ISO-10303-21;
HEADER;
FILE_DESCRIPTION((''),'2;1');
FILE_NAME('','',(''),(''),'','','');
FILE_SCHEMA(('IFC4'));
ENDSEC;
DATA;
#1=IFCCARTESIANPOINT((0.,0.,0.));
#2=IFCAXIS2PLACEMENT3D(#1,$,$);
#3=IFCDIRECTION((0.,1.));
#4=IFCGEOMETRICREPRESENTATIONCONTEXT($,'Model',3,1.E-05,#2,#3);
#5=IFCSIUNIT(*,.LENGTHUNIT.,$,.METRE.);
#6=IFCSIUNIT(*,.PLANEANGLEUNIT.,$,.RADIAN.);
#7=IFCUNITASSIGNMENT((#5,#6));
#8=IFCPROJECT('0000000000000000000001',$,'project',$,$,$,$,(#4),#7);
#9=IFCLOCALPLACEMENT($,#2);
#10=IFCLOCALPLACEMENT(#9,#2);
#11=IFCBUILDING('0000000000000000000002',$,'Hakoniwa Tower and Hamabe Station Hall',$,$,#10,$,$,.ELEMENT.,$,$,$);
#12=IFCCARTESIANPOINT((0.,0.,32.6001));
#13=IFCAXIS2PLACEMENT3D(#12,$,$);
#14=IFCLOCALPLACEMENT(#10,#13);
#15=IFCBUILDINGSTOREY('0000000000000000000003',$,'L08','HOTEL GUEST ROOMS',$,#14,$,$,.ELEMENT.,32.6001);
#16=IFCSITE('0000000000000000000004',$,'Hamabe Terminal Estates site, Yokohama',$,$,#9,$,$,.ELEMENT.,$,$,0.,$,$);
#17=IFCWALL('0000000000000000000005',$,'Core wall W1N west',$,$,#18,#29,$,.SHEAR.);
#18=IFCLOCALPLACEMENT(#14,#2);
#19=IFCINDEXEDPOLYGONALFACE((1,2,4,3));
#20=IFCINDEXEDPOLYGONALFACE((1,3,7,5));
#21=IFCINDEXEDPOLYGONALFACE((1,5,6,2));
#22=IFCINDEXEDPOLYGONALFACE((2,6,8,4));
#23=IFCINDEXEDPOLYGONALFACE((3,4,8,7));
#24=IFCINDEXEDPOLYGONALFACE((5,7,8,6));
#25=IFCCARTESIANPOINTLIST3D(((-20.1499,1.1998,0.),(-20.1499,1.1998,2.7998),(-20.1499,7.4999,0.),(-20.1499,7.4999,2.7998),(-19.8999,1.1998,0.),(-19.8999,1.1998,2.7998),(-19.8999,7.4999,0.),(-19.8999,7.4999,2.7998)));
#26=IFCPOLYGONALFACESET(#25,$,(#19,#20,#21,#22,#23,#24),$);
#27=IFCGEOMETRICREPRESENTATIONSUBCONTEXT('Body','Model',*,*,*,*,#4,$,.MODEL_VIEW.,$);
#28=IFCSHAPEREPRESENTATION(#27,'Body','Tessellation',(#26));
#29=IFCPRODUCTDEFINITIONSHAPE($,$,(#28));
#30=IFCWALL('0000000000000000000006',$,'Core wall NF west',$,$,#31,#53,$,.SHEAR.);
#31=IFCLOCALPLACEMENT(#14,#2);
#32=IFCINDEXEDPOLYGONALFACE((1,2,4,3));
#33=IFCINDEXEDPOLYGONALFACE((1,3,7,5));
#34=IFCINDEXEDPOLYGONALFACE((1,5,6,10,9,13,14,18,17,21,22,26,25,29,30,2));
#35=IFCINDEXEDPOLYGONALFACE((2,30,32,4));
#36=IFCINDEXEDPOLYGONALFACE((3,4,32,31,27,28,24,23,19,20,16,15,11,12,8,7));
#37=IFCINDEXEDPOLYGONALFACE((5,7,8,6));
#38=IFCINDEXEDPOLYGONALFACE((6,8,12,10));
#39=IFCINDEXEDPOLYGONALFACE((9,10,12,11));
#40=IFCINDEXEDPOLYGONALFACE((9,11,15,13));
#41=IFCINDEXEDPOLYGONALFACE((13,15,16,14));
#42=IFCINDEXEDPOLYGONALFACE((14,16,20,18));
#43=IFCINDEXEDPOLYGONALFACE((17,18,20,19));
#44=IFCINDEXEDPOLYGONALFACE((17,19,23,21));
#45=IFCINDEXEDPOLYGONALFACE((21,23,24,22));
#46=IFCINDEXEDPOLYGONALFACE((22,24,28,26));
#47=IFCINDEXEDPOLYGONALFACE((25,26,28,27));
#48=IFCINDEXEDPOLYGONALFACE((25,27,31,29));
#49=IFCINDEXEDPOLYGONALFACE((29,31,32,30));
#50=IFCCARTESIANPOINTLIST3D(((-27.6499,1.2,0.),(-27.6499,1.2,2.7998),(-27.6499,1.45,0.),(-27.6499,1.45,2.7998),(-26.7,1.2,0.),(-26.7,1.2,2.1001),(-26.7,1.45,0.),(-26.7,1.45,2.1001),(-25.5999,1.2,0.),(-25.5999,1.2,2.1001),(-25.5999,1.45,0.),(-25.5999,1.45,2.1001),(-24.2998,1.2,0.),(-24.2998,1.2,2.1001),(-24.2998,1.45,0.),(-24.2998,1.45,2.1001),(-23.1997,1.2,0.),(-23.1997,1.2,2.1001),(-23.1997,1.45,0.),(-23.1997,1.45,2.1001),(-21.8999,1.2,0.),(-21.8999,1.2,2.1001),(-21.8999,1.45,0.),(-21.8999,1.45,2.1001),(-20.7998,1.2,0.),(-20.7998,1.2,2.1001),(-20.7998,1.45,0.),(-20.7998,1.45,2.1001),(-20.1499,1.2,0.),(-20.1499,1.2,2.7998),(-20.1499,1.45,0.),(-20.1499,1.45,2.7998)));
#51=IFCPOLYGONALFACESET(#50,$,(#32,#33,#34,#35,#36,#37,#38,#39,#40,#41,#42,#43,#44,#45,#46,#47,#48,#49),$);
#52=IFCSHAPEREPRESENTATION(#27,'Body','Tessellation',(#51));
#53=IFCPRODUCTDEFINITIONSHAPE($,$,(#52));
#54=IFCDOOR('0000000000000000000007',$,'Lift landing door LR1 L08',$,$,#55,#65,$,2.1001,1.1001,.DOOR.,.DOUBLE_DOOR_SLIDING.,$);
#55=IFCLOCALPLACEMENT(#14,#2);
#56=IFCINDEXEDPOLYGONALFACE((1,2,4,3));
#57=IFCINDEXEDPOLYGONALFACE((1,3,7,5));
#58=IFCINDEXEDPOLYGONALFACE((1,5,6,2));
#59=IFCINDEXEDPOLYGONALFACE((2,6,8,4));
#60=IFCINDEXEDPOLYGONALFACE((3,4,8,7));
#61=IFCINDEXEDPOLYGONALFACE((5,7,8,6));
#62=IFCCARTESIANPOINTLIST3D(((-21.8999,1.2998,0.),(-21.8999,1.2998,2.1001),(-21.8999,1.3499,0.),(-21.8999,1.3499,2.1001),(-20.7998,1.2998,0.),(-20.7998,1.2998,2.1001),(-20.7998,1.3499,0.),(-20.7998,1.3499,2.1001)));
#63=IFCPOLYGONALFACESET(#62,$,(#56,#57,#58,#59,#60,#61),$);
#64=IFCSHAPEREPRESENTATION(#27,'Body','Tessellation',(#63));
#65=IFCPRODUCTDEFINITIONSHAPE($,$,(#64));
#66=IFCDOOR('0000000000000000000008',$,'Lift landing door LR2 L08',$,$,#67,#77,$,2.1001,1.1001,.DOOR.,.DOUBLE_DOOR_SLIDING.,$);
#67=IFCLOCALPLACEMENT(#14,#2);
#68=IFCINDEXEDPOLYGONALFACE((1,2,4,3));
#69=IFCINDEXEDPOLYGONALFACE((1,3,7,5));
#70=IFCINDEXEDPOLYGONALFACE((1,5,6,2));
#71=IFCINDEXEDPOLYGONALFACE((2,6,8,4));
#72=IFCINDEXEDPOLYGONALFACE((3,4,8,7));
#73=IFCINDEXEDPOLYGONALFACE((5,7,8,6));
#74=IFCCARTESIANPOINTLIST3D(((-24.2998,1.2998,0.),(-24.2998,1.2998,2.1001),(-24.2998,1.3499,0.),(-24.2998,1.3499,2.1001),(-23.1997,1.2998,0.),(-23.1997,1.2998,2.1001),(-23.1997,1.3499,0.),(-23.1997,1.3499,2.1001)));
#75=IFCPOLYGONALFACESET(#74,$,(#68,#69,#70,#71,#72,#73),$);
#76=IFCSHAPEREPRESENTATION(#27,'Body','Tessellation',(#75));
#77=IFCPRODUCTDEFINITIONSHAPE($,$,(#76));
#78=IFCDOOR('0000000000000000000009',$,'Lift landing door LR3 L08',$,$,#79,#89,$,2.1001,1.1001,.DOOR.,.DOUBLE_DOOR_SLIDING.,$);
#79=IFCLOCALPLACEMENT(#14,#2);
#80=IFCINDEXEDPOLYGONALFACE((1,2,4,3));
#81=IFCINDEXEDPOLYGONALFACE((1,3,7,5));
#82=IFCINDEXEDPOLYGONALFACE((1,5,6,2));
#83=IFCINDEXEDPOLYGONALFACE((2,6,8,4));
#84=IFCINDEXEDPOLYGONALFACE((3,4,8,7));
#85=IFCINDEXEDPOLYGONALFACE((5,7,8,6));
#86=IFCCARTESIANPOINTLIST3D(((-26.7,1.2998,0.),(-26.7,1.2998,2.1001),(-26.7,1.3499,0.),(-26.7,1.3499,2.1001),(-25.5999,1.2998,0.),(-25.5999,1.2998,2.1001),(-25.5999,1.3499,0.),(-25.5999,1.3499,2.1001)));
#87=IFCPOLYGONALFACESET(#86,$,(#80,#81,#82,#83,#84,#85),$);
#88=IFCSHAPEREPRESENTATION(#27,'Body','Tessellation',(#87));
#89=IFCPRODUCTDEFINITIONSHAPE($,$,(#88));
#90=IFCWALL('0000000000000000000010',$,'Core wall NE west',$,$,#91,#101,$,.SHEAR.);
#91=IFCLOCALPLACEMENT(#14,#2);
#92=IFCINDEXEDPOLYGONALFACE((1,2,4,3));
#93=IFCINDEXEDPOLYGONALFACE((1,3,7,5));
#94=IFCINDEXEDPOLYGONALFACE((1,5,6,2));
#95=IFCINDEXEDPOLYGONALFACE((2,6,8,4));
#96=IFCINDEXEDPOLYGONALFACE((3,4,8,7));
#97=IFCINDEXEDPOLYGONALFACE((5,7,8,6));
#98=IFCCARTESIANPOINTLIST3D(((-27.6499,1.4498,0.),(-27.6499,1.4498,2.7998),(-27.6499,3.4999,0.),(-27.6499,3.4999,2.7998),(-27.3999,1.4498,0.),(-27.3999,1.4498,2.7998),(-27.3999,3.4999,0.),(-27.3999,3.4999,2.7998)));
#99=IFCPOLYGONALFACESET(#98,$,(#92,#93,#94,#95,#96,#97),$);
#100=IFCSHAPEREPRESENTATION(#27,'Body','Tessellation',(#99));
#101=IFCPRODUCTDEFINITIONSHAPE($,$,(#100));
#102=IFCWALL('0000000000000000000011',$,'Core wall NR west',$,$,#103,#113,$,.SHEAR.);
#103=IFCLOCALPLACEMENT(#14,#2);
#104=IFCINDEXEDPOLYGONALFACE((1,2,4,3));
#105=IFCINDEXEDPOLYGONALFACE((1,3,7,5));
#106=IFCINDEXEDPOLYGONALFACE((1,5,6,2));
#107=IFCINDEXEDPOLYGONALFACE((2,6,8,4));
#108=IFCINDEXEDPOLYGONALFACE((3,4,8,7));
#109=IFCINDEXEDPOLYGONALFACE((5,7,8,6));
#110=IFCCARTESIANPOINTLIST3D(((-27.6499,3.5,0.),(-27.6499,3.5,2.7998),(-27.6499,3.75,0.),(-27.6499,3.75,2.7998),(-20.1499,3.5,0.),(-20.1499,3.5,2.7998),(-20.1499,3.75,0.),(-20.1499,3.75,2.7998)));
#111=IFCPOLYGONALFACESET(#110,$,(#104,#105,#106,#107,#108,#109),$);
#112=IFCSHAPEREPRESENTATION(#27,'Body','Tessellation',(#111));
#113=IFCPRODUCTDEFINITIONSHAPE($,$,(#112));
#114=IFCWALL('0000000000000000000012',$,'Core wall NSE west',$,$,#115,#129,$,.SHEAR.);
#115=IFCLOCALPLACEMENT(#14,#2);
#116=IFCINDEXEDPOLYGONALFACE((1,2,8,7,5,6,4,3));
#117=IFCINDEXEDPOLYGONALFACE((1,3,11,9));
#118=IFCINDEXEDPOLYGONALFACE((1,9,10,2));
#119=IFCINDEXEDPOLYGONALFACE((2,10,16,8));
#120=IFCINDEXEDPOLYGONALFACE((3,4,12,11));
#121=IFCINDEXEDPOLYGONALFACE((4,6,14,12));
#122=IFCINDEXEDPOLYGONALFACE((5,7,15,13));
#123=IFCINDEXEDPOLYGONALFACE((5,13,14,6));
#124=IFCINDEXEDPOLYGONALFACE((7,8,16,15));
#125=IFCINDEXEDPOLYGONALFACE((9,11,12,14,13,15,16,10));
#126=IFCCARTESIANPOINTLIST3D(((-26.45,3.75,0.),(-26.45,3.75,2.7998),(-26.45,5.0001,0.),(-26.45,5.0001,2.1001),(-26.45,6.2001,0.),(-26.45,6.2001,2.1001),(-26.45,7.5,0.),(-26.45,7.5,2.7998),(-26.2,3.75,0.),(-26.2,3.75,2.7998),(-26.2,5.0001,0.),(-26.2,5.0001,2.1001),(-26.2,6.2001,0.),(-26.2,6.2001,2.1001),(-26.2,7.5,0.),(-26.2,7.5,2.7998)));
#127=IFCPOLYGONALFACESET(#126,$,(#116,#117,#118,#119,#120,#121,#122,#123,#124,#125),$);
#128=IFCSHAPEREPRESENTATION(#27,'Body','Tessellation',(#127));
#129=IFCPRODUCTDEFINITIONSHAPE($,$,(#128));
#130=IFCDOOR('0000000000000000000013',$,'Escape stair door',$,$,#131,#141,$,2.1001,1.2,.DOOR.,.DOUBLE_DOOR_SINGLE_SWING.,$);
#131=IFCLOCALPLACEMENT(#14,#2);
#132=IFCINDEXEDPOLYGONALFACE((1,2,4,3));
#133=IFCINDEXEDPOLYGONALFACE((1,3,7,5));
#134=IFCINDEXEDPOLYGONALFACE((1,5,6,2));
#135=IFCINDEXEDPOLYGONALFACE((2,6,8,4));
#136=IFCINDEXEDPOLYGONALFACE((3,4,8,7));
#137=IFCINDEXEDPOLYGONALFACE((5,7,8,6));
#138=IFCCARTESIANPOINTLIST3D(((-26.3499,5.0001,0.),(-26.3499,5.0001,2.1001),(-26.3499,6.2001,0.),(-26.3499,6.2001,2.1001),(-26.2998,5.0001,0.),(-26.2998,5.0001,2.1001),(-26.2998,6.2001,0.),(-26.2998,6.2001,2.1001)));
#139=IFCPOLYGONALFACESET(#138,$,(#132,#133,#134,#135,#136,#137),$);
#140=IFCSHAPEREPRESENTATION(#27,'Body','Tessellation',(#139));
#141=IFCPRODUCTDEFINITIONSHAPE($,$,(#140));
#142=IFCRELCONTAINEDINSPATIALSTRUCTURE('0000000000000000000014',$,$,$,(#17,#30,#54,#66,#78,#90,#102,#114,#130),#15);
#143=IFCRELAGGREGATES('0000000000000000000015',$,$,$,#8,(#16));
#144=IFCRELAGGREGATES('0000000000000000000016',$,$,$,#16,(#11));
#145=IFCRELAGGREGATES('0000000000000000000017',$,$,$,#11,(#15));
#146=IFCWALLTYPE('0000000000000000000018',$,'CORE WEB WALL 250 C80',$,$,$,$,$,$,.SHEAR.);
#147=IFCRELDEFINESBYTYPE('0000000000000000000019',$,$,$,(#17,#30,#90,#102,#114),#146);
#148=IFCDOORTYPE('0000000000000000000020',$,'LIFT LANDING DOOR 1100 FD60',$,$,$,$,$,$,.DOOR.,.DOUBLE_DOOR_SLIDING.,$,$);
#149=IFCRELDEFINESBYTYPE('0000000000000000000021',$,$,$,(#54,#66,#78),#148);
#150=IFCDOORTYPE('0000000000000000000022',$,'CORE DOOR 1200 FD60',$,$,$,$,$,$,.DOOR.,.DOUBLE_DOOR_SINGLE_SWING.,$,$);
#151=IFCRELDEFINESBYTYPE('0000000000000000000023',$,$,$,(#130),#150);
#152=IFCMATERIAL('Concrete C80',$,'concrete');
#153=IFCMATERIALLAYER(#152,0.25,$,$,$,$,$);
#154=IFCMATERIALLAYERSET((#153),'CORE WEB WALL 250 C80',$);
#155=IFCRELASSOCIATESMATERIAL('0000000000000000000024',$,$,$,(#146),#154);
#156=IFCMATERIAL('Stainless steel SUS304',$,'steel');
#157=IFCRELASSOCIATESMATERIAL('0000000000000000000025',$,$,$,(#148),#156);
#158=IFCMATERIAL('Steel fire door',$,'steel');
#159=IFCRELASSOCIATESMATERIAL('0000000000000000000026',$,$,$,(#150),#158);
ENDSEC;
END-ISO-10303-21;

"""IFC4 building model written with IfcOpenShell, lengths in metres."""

from ifc_helpers import new_model, si_unit, direction, frame, frame_2d, origin, place, context, subcontext, project, spatial, rectangle, extrude, material, layer, layer_set, type_object, element, fill, save


model = new_model("IFC4")

# Units and contexts
model_context = context("Model", 3, precision=1e-05, world=origin(), true_north=direction((0.0, 1.0)))
body_context = subcontext(model_context, "Body", "Model", "MODEL_VIEW")
ifc_project = project(units=[si_unit("LENGTHUNIT", "METRE"), si_unit("PLANEANGLEUNIT", "RADIAN")], contexts=[model_context])

# Site, building, storey
site_placement = place(None, origin())
site = spatial("IfcSite", under=ifc_project, at=site_placement, Name="Hamabe Terminal Estates site, Yokohama", CompositionType="ELEMENT", RefElevation=0.0)
building_placement = place(site_placement, origin())
building = spatial("IfcBuilding", under=site, at=building_placement, Name="Hakoniwa Tower and Hamabe Station Hall", CompositionType="ELEMENT")
storey_placement = place(building_placement, frame((0.0, 0.0, 32.6001)))
storey = spatial("IfcBuildingStorey", under=building, at=storey_placement, Name="L08", Description="HOTEL GUEST ROOMS", CompositionType="ELEMENT", Elevation=32.6001)

# Wall
ifc_material_1 = material(Name="Concrete C80", Category="concrete")
ifc_layer_1 = layer(ifc_material_1, 0.25)
ifc_layer_set_1 = layer_set([ifc_layer_1], Name="CORE WEB WALL 250 C80")
wall_type_1 = type_object("IfcWallType", Name="CORE WEB WALL 250 C80", PredefinedType="SHEAR", material=ifc_layer_set_1)
wall_1_placement = place(storey_placement, frame((-20.0249, 1.2, 0.0), z_axis=(0.0, 0.0, 1.0), x_axis=(0.0, 1.0, 0.0)))
element("IfcWall", 1, at=wall_1_placement, inside=storey, type_object=wall_type_1, Name="Core wall W1N west", PredefinedType="SHEAR", context=body_context, shape_type="SweptSolid", body=[
    extrude(rectangle(XDim=6.3, YDim=0.25, at=frame_2d((3.1499, 0.0))), origin(), (0.0, 0.0, 1.0), 2.7998),
])

# Wall, openings, doors
wall_2_placement = place(storey_placement, frame((-27.6499, 1.325, 0.0), z_axis=(0.0, 0.0, 1.0), x_axis=(1.0, 0.0, 0.0)))
wall_2 = element("IfcWall", 2, at=wall_2_placement, inside=storey, type_object=wall_type_1, Name="Core wall NF west", PredefinedType="SHEAR", context=body_context, shape_type="SweptSolid", body=[
    extrude(rectangle(XDim=7.5, YDim=0.25, at=frame_2d((3.75, 0.0))), origin(), (0.0, 0.0, 1.0), 2.7998),
])
opening_1_placement = place(wall_2_placement, frame((5.75, 0.0, 0.0)))
opening_1 = element("IfcOpeningElement", 3, at=opening_1_placement, cuts=wall_2, PredefinedType="OPENING", context=body_context, shape_type="SweptSolid", body=[
    extrude(rectangle(XDim=1.1001, YDim=2.1001, at=frame_2d((0.55, 1.05))), frame((0.0, 0.135, 0.0), z_axis=(0.0, -1.0, 0.0), x_axis=(1.0, 0.0, 0.0)), (0.0, 0.0, 1.0), 0.27),
])
opening_2_placement = place(wall_2_placement, frame((3.3501, 0.0, 0.0)))
opening_2 = element("IfcOpeningElement", 4, at=opening_2_placement, cuts=wall_2, PredefinedType="OPENING", context=body_context, shape_type="SweptSolid", body=[
    extrude(rectangle(XDim=1.1001, YDim=2.1001, at=frame_2d((0.55, 1.05))), frame((0.0, 0.135, 0.0), z_axis=(0.0, -1.0, 0.0), x_axis=(1.0, 0.0, 0.0)), (0.0, 0.0, 1.0), 0.27),
])
opening_3_placement = place(wall_2_placement, frame((0.95, 0.0, 0.0)))
opening_3 = element("IfcOpeningElement", 5, at=opening_3_placement, cuts=wall_2, PredefinedType="OPENING", context=body_context, shape_type="SweptSolid", body=[
    extrude(rectangle(XDim=1.1001, YDim=2.1001, at=frame_2d((0.55, 1.05))), frame((0.0, 0.135, 0.0), z_axis=(0.0, -1.0, 0.0), x_axis=(1.0, 0.0, 0.0)), (0.0, 0.0, 1.0), 0.27),
])
ifc_material_2 = material(Name="Stainless steel SUS304", Category="steel")
door_type_1 = type_object("IfcDoorType", Name="LIFT LANDING DOOR 1100 FD60", OperationType="DOUBLE_DOOR_SLIDING", PredefinedType="DOOR", material=ifc_material_2)
door_1_placement = place(opening_1_placement, origin())
door_1 = element("IfcDoor", 6, at=door_1_placement, inside=storey, type_object=door_type_1, Name="Lift landing door LR1 L08", OperationType="DOUBLE_DOOR_SLIDING", OverallHeight=2.1001, OverallWidth=1.1001, PredefinedType="DOOR", context=body_context, shape_type="SweptSolid", body=[
    extrude(rectangle(XDim=1.1001, YDim=2.1001, at=frame_2d((0.55, 1.05))), frame((0.0, 0.0249, 0.0), z_axis=(0.0, -1.0, 0.0), x_axis=(1.0, 0.0, 0.0)), (0.0, 0.0, 1.0), 0.05),
])
fill(opening_1, door_1)
door_2_placement = place(opening_2_placement, origin())
door_2 = element("IfcDoor", 7, at=door_2_placement, inside=storey, type_object=door_type_1, Name="Lift landing door LR2 L08", OperationType="DOUBLE_DOOR_SLIDING", OverallHeight=2.1001, OverallWidth=1.1001, PredefinedType="DOOR", context=body_context, shape_type="SweptSolid", body=[
    extrude(rectangle(XDim=1.1001, YDim=2.1001, at=frame_2d((0.55, 1.05))), frame((0.0, 0.0249, 0.0), z_axis=(0.0, -1.0, 0.0), x_axis=(1.0, 0.0, 0.0)), (0.0, 0.0, 1.0), 0.05),
])
fill(opening_2, door_2)
door_3_placement = place(opening_3_placement, origin())
door_3 = element("IfcDoor", 8, at=door_3_placement, inside=storey, type_object=door_type_1, Name="Lift landing door LR3 L08", OperationType="DOUBLE_DOOR_SLIDING", OverallHeight=2.1001, OverallWidth=1.1001, PredefinedType="DOOR", context=body_context, shape_type="SweptSolid", body=[
    extrude(rectangle(XDim=1.1001, YDim=2.1001, at=frame_2d((0.55, 1.05))), frame((0.0, 0.0249, 0.0), z_axis=(0.0, -1.0, 0.0), x_axis=(1.0, 0.0, 0.0)), (0.0, 0.0, 1.0), 0.05),
])
fill(opening_3, door_3)

# Walls
wall_3_placement = place(storey_placement, frame((-27.5249, 1.45, 0.0), z_axis=(0.0, 0.0, 1.0), x_axis=(0.0, 1.0, 0.0)))
element("IfcWall", 9, at=wall_3_placement, inside=storey, type_object=wall_type_1, Name="Core wall NE west", PredefinedType="SHEAR", context=body_context, shape_type="SweptSolid", body=[
    extrude(rectangle(XDim=2.05, YDim=0.25, at=frame_2d((1.0249, 0.0))), origin(), (0.0, 0.0, 1.0), 2.7998),
])
wall_4_placement = place(storey_placement, frame((-27.6499, 3.625, 0.0), z_axis=(0.0, 0.0, 1.0), x_axis=(1.0, 0.0, 0.0)))
element("IfcWall", 10, at=wall_4_placement, inside=storey, type_object=wall_type_1, Name="Core wall NR west", PredefinedType="SHEAR", context=body_context, shape_type="SweptSolid", body=[
    extrude(rectangle(XDim=7.5, YDim=0.25, at=frame_2d((3.75, 0.0))), origin(), (0.0, 0.0, 1.0), 2.7998),
])

# Wall, opening, door
wall_5_placement = place(storey_placement, frame((-26.325, 3.75, 0.0), z_axis=(0.0, 0.0, 1.0), x_axis=(0.0, 1.0, 0.0)))
wall_5 = element("IfcWall", 11, at=wall_5_placement, inside=storey, type_object=wall_type_1, Name="Core wall NSE west", PredefinedType="SHEAR", context=body_context, shape_type="SweptSolid", body=[
    extrude(rectangle(XDim=3.75, YDim=0.25, at=frame_2d((1.875, 0.0))), origin(), (0.0, 0.0, 1.0), 2.7998),
])
opening_4_placement = place(wall_5_placement, frame((1.25, 0.0, 0.0)))
opening_4 = element("IfcOpeningElement", 12, at=opening_4_placement, cuts=wall_5, PredefinedType="OPENING", context=body_context, shape_type="SweptSolid", body=[
    extrude(rectangle(XDim=1.2, YDim=2.1001, at=frame_2d((0.6001, 1.05))), frame((0.0, 0.135, 0.0), z_axis=(0.0, -1.0, 0.0), x_axis=(1.0, 0.0, 0.0)), (0.0, 0.0, 1.0), 0.27),
])
ifc_material_3 = material(Name="Steel fire door", Category="steel")
door_type_2 = type_object("IfcDoorType", Name="CORE DOOR 1200 FD60", OperationType="DOUBLE_DOOR_SINGLE_SWING", PredefinedType="DOOR", material=ifc_material_3)
door_4_placement = place(opening_4_placement, origin())
door_4 = element("IfcDoor", 13, at=door_4_placement, inside=storey, type_object=door_type_2, Name="Escape stair door", OperationType="DOUBLE_DOOR_SINGLE_SWING", OverallHeight=2.1001, OverallWidth=1.2, PredefinedType="DOOR", context=body_context, shape_type="SweptSolid", body=[
    extrude(rectangle(XDim=1.2, YDim=2.1001, at=frame_2d((0.6001, 1.05))), frame((0.0, 0.0249, 0.0), z_axis=(0.0, -1.0, 0.0), x_axis=(1.0, 0.0, 0.0)), (0.0, 0.0, 1.0), 0.05),
])
fill(opening_4, door_4)

save(model, "model.ifc")
